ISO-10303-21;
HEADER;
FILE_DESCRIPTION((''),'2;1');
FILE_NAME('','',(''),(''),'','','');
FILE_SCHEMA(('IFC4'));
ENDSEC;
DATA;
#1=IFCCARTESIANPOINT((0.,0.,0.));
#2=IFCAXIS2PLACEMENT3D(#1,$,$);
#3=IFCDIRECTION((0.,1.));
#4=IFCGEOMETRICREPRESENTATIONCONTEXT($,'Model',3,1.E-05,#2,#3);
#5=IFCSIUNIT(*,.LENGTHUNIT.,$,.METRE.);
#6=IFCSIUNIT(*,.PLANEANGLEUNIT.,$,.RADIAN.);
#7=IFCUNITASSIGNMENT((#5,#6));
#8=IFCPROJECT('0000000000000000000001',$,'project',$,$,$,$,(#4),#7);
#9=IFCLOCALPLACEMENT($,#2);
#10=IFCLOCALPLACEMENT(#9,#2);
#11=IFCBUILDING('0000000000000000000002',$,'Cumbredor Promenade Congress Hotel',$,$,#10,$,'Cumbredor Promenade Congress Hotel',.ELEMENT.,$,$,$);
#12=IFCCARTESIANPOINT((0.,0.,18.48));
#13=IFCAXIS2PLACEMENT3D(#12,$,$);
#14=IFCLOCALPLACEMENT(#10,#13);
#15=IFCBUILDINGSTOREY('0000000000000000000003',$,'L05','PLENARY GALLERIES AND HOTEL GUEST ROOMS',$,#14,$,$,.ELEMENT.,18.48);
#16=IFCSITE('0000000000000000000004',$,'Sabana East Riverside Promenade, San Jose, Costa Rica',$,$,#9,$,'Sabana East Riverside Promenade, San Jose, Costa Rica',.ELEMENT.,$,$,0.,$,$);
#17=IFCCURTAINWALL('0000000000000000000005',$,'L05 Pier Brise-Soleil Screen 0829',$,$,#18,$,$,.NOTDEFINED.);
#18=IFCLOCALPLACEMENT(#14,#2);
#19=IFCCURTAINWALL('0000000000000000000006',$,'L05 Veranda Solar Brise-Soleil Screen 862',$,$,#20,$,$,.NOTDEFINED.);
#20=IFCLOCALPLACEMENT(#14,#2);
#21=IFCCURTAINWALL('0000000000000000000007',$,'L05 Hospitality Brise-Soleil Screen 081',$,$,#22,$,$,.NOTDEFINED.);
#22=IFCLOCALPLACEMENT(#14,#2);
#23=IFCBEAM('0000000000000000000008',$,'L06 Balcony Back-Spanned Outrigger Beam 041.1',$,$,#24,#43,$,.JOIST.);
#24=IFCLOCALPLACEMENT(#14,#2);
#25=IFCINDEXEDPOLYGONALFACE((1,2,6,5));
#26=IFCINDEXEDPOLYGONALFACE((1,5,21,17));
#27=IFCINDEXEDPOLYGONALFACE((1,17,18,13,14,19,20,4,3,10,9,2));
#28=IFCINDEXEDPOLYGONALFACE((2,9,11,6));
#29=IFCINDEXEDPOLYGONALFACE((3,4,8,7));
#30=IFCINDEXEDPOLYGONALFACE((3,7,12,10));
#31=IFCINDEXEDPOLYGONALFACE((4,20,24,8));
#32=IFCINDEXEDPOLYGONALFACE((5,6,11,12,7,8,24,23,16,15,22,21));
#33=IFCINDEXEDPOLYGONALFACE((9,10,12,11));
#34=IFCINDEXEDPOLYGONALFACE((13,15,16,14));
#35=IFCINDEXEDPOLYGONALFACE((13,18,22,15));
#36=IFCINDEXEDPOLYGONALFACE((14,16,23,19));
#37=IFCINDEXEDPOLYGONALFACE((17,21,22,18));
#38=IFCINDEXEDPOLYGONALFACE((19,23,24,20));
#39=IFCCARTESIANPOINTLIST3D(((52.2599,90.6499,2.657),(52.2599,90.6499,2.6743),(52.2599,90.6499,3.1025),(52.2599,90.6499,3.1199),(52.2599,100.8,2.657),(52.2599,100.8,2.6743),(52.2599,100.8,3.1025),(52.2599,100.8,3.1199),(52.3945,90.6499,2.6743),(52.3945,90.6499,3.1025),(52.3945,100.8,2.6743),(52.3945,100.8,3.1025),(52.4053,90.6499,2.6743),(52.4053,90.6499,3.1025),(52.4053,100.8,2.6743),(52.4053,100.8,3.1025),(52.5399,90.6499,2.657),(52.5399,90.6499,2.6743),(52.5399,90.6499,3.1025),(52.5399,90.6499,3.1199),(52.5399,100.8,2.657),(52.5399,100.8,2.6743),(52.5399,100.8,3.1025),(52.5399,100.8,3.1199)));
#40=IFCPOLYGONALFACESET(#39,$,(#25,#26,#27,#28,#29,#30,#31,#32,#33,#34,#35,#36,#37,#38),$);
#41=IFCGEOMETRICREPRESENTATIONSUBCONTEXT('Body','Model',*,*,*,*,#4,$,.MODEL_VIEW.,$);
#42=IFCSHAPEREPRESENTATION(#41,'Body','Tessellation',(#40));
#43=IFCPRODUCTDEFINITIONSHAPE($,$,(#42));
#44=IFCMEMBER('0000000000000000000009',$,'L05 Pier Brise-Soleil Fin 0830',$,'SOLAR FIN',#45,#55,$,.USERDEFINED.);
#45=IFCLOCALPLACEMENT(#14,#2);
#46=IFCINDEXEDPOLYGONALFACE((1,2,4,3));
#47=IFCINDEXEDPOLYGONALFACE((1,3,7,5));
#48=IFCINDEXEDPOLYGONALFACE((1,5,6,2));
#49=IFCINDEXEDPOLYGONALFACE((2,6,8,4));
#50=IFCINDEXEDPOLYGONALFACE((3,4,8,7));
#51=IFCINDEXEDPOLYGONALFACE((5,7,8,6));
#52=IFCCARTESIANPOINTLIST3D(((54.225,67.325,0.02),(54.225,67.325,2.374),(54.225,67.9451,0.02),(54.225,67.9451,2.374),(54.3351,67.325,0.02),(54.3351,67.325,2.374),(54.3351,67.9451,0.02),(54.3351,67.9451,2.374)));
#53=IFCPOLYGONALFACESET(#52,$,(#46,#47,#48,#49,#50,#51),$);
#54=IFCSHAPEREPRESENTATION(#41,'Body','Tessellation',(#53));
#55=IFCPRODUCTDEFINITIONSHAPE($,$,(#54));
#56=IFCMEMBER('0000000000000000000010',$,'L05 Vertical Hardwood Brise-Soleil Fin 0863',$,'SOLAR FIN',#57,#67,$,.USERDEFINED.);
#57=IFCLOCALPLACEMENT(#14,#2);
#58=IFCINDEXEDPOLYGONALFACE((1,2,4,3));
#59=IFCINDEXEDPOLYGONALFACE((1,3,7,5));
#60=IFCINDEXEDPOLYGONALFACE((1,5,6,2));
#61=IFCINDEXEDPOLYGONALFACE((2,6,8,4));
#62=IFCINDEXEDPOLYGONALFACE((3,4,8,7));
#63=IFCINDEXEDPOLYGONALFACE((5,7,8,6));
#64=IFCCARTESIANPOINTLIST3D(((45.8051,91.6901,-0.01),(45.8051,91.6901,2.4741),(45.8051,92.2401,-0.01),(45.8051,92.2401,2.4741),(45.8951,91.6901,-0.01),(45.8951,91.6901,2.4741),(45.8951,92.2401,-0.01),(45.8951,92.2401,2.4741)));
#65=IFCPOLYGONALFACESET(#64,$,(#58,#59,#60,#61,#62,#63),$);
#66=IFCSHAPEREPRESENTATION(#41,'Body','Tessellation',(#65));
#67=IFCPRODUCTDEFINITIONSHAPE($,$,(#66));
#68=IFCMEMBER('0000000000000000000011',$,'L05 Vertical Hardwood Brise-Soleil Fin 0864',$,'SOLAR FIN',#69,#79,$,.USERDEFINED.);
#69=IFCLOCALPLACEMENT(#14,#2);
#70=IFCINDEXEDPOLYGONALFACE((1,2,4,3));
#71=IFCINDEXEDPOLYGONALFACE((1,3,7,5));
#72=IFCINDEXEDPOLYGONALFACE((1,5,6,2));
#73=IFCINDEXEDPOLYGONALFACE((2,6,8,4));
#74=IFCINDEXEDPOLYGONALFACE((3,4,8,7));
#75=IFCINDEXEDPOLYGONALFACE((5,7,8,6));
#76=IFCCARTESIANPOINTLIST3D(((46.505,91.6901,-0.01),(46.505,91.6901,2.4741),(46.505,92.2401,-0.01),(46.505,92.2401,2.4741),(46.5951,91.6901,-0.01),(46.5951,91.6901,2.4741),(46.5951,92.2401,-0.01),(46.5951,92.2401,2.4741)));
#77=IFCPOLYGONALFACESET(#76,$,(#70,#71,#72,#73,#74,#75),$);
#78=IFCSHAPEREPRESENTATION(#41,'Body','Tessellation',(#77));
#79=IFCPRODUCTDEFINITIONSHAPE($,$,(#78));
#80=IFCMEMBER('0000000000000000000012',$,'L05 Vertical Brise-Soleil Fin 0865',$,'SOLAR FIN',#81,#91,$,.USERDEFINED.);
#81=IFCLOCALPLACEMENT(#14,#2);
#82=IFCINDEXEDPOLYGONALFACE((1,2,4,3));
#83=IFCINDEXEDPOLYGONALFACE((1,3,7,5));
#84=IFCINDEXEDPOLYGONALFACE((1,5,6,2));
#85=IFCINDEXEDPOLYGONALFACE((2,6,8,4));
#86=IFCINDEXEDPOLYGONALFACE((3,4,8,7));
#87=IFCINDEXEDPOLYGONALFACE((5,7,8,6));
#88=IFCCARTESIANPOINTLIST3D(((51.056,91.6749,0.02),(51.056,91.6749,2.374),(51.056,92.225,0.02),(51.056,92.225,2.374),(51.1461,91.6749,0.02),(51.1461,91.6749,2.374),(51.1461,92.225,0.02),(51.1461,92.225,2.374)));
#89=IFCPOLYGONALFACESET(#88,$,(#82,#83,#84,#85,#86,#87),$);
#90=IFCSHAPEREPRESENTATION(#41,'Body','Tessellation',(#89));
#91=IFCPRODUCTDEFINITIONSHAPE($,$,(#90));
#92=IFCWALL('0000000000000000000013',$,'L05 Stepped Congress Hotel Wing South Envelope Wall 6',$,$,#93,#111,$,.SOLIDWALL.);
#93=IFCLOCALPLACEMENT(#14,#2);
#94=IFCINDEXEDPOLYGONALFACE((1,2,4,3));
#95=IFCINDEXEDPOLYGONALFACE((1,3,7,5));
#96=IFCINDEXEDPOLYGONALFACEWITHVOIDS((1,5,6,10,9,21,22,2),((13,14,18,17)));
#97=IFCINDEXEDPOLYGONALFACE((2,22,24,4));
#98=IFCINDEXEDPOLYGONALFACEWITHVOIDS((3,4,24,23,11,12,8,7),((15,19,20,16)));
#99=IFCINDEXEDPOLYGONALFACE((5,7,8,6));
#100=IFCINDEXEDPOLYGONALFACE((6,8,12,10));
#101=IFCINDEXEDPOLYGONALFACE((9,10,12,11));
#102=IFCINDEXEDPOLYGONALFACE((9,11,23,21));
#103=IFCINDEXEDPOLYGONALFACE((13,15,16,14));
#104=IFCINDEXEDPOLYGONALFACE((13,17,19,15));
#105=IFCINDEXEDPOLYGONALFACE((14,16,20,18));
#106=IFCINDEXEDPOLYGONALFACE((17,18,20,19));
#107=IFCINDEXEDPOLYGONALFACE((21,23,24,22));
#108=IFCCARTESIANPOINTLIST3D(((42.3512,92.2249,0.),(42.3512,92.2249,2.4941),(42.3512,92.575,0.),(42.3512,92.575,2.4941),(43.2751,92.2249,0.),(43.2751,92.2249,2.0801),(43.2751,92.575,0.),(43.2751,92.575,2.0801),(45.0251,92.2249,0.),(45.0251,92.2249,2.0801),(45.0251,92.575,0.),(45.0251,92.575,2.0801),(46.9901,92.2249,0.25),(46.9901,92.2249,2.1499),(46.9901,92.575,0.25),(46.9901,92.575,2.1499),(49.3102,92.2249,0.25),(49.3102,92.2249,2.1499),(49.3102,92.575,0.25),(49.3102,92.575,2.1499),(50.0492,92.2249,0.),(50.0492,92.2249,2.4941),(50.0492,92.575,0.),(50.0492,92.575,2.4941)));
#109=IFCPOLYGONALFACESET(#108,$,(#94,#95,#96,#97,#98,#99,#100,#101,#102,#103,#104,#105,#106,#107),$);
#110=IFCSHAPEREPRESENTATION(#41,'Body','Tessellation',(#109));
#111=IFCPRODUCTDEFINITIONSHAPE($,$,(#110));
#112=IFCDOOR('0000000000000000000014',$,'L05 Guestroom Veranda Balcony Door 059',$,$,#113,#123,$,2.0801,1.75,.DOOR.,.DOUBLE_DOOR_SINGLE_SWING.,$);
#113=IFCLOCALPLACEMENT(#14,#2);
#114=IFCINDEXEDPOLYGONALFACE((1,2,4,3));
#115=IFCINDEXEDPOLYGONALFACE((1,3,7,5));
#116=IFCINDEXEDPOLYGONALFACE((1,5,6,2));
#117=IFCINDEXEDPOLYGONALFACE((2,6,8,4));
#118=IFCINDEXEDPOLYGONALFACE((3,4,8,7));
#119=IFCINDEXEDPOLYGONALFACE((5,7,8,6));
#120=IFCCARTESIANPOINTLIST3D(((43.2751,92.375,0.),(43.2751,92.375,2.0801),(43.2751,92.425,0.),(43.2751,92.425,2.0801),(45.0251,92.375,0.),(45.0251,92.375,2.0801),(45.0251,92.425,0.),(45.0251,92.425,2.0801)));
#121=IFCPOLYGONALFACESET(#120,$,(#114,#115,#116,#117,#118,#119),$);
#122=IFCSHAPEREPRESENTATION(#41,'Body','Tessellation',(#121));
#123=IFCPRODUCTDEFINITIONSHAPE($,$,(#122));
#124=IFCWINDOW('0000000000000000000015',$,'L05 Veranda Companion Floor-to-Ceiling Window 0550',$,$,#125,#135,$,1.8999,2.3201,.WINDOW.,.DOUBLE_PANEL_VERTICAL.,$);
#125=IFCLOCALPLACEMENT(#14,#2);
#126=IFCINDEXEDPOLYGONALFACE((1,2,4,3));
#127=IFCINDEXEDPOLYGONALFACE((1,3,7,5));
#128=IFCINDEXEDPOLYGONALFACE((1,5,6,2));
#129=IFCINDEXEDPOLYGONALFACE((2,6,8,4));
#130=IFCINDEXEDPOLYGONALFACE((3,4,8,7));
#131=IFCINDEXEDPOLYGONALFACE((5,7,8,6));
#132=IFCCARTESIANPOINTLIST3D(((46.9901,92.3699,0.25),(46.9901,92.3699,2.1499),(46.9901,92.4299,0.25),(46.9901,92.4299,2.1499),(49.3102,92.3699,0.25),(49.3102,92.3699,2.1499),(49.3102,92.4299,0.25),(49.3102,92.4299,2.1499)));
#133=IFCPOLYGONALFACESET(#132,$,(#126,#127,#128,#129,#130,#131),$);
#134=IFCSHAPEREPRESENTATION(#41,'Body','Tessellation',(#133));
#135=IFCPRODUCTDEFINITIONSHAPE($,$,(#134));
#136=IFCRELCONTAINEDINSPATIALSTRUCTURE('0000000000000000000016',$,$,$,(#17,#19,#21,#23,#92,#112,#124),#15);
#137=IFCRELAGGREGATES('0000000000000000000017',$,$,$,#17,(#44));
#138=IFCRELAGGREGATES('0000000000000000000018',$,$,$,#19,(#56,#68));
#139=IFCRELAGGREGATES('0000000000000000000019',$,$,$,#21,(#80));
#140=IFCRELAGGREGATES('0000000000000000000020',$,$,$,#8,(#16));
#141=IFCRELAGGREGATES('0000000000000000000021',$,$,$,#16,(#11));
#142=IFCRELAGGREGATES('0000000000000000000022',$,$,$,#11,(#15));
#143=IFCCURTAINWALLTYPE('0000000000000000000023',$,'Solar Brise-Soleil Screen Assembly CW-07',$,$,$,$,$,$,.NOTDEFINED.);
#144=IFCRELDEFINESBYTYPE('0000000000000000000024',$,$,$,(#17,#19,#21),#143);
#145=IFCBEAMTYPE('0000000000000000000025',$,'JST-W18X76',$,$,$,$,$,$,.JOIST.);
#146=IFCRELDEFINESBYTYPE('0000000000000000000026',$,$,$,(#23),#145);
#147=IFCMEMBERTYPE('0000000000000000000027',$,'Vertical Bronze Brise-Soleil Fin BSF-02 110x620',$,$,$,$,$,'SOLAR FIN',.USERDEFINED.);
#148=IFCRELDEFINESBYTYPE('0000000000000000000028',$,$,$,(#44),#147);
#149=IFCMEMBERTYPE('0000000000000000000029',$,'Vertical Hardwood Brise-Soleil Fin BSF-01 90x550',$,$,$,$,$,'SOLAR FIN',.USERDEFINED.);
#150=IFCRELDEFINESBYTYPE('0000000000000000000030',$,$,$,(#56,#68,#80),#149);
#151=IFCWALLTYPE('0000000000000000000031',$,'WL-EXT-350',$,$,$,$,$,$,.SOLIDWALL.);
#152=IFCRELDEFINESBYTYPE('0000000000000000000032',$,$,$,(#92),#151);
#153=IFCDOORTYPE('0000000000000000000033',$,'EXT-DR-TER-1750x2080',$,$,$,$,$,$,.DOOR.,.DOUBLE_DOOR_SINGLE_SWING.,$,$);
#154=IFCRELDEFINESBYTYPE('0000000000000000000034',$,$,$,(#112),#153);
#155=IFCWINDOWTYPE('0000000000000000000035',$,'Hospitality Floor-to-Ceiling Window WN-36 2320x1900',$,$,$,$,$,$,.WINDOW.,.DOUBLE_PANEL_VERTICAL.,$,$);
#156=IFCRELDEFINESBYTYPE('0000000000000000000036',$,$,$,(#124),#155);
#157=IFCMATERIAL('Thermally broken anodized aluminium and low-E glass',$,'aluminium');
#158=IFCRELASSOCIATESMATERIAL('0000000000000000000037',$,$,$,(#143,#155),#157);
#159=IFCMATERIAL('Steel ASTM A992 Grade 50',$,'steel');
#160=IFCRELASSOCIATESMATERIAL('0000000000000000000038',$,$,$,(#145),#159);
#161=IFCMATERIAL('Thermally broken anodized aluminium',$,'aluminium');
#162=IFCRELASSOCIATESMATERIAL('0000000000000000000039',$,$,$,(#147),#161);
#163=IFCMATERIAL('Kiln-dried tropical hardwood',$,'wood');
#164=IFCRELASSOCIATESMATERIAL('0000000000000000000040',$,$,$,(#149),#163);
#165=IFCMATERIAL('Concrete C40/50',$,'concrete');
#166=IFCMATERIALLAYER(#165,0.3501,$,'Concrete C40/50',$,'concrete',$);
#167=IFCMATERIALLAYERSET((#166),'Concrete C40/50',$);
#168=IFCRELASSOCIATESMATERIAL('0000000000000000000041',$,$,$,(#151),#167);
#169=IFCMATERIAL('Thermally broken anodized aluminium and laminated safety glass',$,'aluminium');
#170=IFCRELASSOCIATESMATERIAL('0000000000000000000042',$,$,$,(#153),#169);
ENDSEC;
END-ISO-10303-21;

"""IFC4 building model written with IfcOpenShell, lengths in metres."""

from ifc_helpers import new_model, si_unit, direction, frame, frame_2d, origin, origin_2d, place, context, subcontext, project, spatial, rectangle, i_section, extrude, material, layer, layer_set, material_profile, profile_set, type_object, element, fill, aggregate, save


model = new_model("IFC4")

# Units and contexts
model_context = context("Model", 3, precision=1e-05, world=origin(), true_north=direction((0.0, 1.0)))
body_context = subcontext(model_context, "Body", "Model", "MODEL_VIEW")
ifc_project = project(units=[si_unit("LENGTHUNIT", "METRE"), si_unit("PLANEANGLEUNIT", "RADIAN")], contexts=[model_context])

# Site, building, storey
site_placement = place(None, origin())
site = spatial("IfcSite", under=ifc_project, at=site_placement, Name="Sabana East Riverside Promenade, San Jose, Costa Rica", LongName="Sabana East Riverside Promenade, San Jose, Costa Rica", CompositionType="ELEMENT", RefElevation=0.0)
building_placement = place(site_placement, origin())
building = spatial("IfcBuilding", under=site, at=building_placement, Name="Cumbredor Promenade Congress Hotel", LongName="Cumbredor Promenade Congress Hotel", CompositionType="ELEMENT")
storey_placement = place(building_placement, frame((0.0, 0.0, 18.48)))
storey = spatial("IfcBuildingStorey", under=building, at=storey_placement, Name="L05", Description="PLENARY GALLERIES AND HOTEL GUEST ROOMS", CompositionType="ELEMENT", Elevation=18.48)

# Shared definitions
ifc_material_1 = material(Name="Concrete C40/50", Category="concrete")

# Shared definitions
ifc_material_2 = material(Name="Steel ASTM A992 Grade 50", Category="steel")

# Curtain walls
ifc_material_3 = material(Name="Thermally broken anodized aluminium and low-E glass", Category="aluminium")
curtain_wall_type = type_object("IfcCurtainWallType", Name="Solar Brise-Soleil Screen Assembly CW-07", PredefinedType="NOTDEFINED", material=ifc_material_3)
curtain_wall_1_placement = place(storey_placement, origin())
curtain_wall_1 = element("IfcCurtainWall", 1, at=curtain_wall_1_placement, inside=storey, type_object=curtain_wall_type, Name="L05 Pier Brise-Soleil Screen 0829", PredefinedType="NOTDEFINED")
ifc_material_4 = material(Name="Thermally broken anodized aluminium", Category="aluminium")
curtain_wall_2_placement = place(storey_placement, origin())
curtain_wall_2 = element("IfcCurtainWall", 2, at=curtain_wall_2_placement, inside=storey, type_object=curtain_wall_type, Name="L05 Veranda Solar Brise-Soleil Screen 862", PredefinedType="NOTDEFINED")
curtain_wall_3_placement = place(storey_placement, origin())
curtain_wall_3 = element("IfcCurtainWall", 3, at=curtain_wall_3_placement, inside=storey, type_object=curtain_wall_type, Name="L05 Hospitality Brise-Soleil Screen 081", PredefinedType="NOTDEFINED")

# Beam
ifc_material_profile_1 = material_profile(ifc_material_2, i_section(OverallWidth=0.28, OverallDepth=0.4629, WebThickness=0.0107, FlangeThickness=0.0173, at=origin_2d()), Name="W18X76")
ifc_profile_set_1 = profile_set([ifc_material_profile_1], Name="Steel ASTM A992 Grade 50")
beam_type_1 = type_object("IfcBeamType", Name="JST-W18X76", PredefinedType="JOIST", material=ifc_profile_set_1)
beam_1_placement = place(storey_placement, frame((52.3999, 90.6499, 2.8884), z_axis=(0.0, 1.0, 0.0), x_axis=(-1.0, 0.0, 0.0)))
element("IfcBeam", 4, at=beam_1_placement, inside=storey, type_object=beam_type_1, Name="L06 Balcony Back-Spanned Outrigger Beam 041.1", PredefinedType="JOIST", context=body_context, shape_type="SweptSolid", body=[
    extrude(i_section(OverallWidth=0.28, OverallDepth=0.4629, WebThickness=0.0107, FlangeThickness=0.0173, at=origin_2d()), origin(), (0.0, 0.0, 1.0), 10.1501),
])

# Members
ifc_material_profile_2 = material_profile(ifc_material_4, rectangle(XDim=0.1101, YDim=0.6201, at=origin_2d()), Name="ARCH FIN 110x620")
ifc_profile_set_2 = profile_set([ifc_material_profile_2], Name="Thermally broken anodized aluminium")
member_type_1 = type_object("IfcMemberType", Name="Vertical Bronze Brise-Soleil Fin BSF-02 110x620", ElementType="SOLAR FIN", PredefinedType="USERDEFINED", material=ifc_profile_set_2)
member_1_placement = place(storey_placement, frame((54.28, 67.635, 0.02), z_axis=(0.0, 0.0, 1.0), x_axis=(1.0, 0.0, 0.0)))
member_1 = element("IfcMember", 5, at=member_1_placement, type_object=member_type_1, Name="L05 Pier Brise-Soleil Fin 0830", ObjectType="SOLAR FIN", PredefinedType="USERDEFINED", context=body_context, shape_type="SweptSolid", body=[
    extrude(rectangle(XDim=0.1101, YDim=0.6201, at=origin_2d()), origin(), (0.0, 0.0, 1.0), 2.354),
])
aggregate(curtain_wall_1, [member_1])
ifc_material_5 = material(Name="Kiln-dried tropical hardwood", Category="wood")
ifc_material_profile_3 = material_profile(ifc_material_5, rectangle(XDim=0.0901, YDim=0.55, at=origin_2d()), Name="ARCH FIN 90x550")
ifc_profile_set_3 = profile_set([ifc_material_profile_3], Name="Kiln-dried tropical hardwood")
member_type_2 = type_object("IfcMemberType", Name="Vertical Hardwood Brise-Soleil Fin BSF-01 90x550", ElementType="SOLAR FIN", PredefinedType="USERDEFINED", material=ifc_profile_set_3)
member_2_placement = place(storey_placement, frame((45.8501, 91.9651, -0.01), z_axis=(0.0, 0.0, 1.0), x_axis=(1.0, 0.0, 0.0)))
member_2 = element("IfcMember", 6, at=member_2_placement, type_object=member_type_2, Name="L05 Vertical Hardwood Brise-Soleil Fin 0863", ObjectType="SOLAR FIN", PredefinedType="USERDEFINED", context=body_context, shape_type="SweptSolid", body=[
    extrude(rectangle(XDim=0.0901, YDim=0.55, at=origin_2d()), origin(), (0.0, 0.0, 1.0), 2.4841),
])
member_3_placement = place(storey_placement, frame((46.55, 91.9651, -0.01), z_axis=(0.0, 0.0, 1.0), x_axis=(1.0, 0.0, 0.0)))
member_3 = element("IfcMember", 7, at=member_3_placement, type_object=member_type_2, Name="L05 Vertical Hardwood Brise-Soleil Fin 0864", ObjectType="SOLAR FIN", PredefinedType="USERDEFINED", context=body_context, shape_type="SweptSolid", body=[
    extrude(rectangle(XDim=0.0901, YDim=0.55, at=origin_2d()), origin(), (0.0, 0.0, 1.0), 2.4841),
])
aggregate(curtain_wall_2, [member_2, member_3])
member_4_placement = place(storey_placement, frame((51.1011, 91.95, 0.02), z_axis=(0.0, 0.0, 1.0), x_axis=(1.0, 0.0, 0.0)))
member_4 = element("IfcMember", 8, at=member_4_placement, type_object=member_type_2, Name="L05 Vertical Brise-Soleil Fin 0865", ObjectType="SOLAR FIN", PredefinedType="USERDEFINED", context=body_context, shape_type="SweptSolid", body=[
    extrude(rectangle(XDim=0.0901, YDim=0.55, at=origin_2d()), origin(), (0.0, 0.0, 1.0), 2.354),
])
aggregate(curtain_wall_3, [member_4])

# Wall, openings, door, window
ifc_layer_1 = layer(ifc_material_1, 0.3501, Name="Concrete C40/50", Category="concrete")
ifc_layer_set_1 = layer_set([ifc_layer_1], Name="Concrete C40/50")
wall_type_1 = type_object("IfcWallType", Name="WL-EXT-350", PredefinedType="SOLIDWALL", material=ifc_layer_set_1)
wall_1_placement = place(storey_placement, frame((42.3511, 92.3999, 0.0), z_axis=(0.0, 0.0, 1.0), x_axis=(1.0, 0.0, 0.0)))
wall_1 = element("IfcWall", 9, at=wall_1_placement, inside=storey, type_object=wall_type_1, Name="L05 Stepped Congress Hotel Wing South Envelope Wall 6", PredefinedType="SOLIDWALL", context=body_context, shape_type="SweptSolid", body=[
    extrude(rectangle(XDim=7.698, YDim=0.3501, at=frame_2d((3.8491, 0.0))), origin(), (0.0, 0.0, 1.0), 2.4941),
])
opening_1_placement = place(wall_1_placement, frame((0.9241, 0.0, 0.0)))
opening_1 = element("IfcOpeningElement", 10, at=opening_1_placement, cuts=wall_1, PredefinedType="OPENING", context=body_context, shape_type="SweptSolid", body=[
    extrude(rectangle(XDim=1.75, YDim=2.0801, at=frame_2d((0.875, 1.04))), frame((0.0, 0.1851, 0.0), z_axis=(0.0, -1.0, 0.0), x_axis=(1.0, 0.0, 0.0)), (0.0, 0.0, 1.0), 0.3701),
])
opening_2_placement = place(wall_1_placement, frame((4.6389, 0.0, 0.25)))
opening_2 = element("IfcOpeningElement", 11, at=opening_2_placement, cuts=wall_1, PredefinedType="OPENING", context=body_context, shape_type="SweptSolid", body=[
    extrude(rectangle(XDim=2.3201, YDim=1.8999, at=frame_2d((1.1602, 0.95))), frame((0.0, 0.1851, 0.0), z_axis=(0.0, -1.0, 0.0), x_axis=(1.0, 0.0, 0.0)), (0.0, 0.0, 1.0), 0.3701),
])
ifc_material_6 = material(Name="Thermally broken anodized aluminium and laminated safety glass", Category="aluminium")
door_type = type_object("IfcDoorType", Name="EXT-DR-TER-1750x2080", OperationType="DOUBLE_DOOR_SINGLE_SWING", PredefinedType="DOOR", material=ifc_material_6)
door_placement = place(opening_1_placement, frame((1.75, 0.0, 0.0), z_axis=(0.0, 0.0, 1.0), x_axis=(-1.0, 0.0, 0.0)))
door = element("IfcDoor", 12, at=door_placement, inside=storey, type_object=door_type, Name="L05 Guestroom Veranda Balcony Door 059", OperationType="DOUBLE_DOOR_SINGLE_SWING", OverallHeight=2.0801, OverallWidth=1.75, PredefinedType="DOOR", context=body_context, shape_type="SweptSolid", body=[
    extrude(rectangle(XDim=1.75, YDim=2.0801, at=frame_2d((0.875, 1.04))), frame((0.0, 0.0249, 0.0), z_axis=(0.0, -1.0, 0.0), x_axis=(1.0, 0.0, 0.0)), (0.0, 0.0, 1.0), 0.05),
])
fill(opening_1, door)
window_type_1 = type_object("IfcWindowType", Name="Hospitality Floor-to-Ceiling Window WN-36 2320x1900", PartitioningType="DOUBLE_PANEL_VERTICAL", PredefinedType="WINDOW", material=ifc_material_3)
window_1_placement = place(opening_2_placement, origin())
window_1 = element("IfcWindow", 13, at=window_1_placement, inside=storey, type_object=window_type_1, Name="L05 Veranda Companion Floor-to-Ceiling Window 0550", OverallHeight=1.8999, OverallWidth=2.3201, PartitioningType="DOUBLE_PANEL_VERTICAL", PredefinedType="WINDOW", context=body_context, shape_type="SweptSolid", body=[
    extrude(rectangle(XDim=2.3201, YDim=1.8999, at=frame_2d((1.1602, 0.95))), frame((0.0, 0.03, 0.0), z_axis=(0.0, -1.0, 0.0), x_axis=(1.0, 0.0, 0.0)), (0.0, 0.0, 1.0), 0.0601),
])
fill(opening_2, window_1)

save(model, "model.ifc")
